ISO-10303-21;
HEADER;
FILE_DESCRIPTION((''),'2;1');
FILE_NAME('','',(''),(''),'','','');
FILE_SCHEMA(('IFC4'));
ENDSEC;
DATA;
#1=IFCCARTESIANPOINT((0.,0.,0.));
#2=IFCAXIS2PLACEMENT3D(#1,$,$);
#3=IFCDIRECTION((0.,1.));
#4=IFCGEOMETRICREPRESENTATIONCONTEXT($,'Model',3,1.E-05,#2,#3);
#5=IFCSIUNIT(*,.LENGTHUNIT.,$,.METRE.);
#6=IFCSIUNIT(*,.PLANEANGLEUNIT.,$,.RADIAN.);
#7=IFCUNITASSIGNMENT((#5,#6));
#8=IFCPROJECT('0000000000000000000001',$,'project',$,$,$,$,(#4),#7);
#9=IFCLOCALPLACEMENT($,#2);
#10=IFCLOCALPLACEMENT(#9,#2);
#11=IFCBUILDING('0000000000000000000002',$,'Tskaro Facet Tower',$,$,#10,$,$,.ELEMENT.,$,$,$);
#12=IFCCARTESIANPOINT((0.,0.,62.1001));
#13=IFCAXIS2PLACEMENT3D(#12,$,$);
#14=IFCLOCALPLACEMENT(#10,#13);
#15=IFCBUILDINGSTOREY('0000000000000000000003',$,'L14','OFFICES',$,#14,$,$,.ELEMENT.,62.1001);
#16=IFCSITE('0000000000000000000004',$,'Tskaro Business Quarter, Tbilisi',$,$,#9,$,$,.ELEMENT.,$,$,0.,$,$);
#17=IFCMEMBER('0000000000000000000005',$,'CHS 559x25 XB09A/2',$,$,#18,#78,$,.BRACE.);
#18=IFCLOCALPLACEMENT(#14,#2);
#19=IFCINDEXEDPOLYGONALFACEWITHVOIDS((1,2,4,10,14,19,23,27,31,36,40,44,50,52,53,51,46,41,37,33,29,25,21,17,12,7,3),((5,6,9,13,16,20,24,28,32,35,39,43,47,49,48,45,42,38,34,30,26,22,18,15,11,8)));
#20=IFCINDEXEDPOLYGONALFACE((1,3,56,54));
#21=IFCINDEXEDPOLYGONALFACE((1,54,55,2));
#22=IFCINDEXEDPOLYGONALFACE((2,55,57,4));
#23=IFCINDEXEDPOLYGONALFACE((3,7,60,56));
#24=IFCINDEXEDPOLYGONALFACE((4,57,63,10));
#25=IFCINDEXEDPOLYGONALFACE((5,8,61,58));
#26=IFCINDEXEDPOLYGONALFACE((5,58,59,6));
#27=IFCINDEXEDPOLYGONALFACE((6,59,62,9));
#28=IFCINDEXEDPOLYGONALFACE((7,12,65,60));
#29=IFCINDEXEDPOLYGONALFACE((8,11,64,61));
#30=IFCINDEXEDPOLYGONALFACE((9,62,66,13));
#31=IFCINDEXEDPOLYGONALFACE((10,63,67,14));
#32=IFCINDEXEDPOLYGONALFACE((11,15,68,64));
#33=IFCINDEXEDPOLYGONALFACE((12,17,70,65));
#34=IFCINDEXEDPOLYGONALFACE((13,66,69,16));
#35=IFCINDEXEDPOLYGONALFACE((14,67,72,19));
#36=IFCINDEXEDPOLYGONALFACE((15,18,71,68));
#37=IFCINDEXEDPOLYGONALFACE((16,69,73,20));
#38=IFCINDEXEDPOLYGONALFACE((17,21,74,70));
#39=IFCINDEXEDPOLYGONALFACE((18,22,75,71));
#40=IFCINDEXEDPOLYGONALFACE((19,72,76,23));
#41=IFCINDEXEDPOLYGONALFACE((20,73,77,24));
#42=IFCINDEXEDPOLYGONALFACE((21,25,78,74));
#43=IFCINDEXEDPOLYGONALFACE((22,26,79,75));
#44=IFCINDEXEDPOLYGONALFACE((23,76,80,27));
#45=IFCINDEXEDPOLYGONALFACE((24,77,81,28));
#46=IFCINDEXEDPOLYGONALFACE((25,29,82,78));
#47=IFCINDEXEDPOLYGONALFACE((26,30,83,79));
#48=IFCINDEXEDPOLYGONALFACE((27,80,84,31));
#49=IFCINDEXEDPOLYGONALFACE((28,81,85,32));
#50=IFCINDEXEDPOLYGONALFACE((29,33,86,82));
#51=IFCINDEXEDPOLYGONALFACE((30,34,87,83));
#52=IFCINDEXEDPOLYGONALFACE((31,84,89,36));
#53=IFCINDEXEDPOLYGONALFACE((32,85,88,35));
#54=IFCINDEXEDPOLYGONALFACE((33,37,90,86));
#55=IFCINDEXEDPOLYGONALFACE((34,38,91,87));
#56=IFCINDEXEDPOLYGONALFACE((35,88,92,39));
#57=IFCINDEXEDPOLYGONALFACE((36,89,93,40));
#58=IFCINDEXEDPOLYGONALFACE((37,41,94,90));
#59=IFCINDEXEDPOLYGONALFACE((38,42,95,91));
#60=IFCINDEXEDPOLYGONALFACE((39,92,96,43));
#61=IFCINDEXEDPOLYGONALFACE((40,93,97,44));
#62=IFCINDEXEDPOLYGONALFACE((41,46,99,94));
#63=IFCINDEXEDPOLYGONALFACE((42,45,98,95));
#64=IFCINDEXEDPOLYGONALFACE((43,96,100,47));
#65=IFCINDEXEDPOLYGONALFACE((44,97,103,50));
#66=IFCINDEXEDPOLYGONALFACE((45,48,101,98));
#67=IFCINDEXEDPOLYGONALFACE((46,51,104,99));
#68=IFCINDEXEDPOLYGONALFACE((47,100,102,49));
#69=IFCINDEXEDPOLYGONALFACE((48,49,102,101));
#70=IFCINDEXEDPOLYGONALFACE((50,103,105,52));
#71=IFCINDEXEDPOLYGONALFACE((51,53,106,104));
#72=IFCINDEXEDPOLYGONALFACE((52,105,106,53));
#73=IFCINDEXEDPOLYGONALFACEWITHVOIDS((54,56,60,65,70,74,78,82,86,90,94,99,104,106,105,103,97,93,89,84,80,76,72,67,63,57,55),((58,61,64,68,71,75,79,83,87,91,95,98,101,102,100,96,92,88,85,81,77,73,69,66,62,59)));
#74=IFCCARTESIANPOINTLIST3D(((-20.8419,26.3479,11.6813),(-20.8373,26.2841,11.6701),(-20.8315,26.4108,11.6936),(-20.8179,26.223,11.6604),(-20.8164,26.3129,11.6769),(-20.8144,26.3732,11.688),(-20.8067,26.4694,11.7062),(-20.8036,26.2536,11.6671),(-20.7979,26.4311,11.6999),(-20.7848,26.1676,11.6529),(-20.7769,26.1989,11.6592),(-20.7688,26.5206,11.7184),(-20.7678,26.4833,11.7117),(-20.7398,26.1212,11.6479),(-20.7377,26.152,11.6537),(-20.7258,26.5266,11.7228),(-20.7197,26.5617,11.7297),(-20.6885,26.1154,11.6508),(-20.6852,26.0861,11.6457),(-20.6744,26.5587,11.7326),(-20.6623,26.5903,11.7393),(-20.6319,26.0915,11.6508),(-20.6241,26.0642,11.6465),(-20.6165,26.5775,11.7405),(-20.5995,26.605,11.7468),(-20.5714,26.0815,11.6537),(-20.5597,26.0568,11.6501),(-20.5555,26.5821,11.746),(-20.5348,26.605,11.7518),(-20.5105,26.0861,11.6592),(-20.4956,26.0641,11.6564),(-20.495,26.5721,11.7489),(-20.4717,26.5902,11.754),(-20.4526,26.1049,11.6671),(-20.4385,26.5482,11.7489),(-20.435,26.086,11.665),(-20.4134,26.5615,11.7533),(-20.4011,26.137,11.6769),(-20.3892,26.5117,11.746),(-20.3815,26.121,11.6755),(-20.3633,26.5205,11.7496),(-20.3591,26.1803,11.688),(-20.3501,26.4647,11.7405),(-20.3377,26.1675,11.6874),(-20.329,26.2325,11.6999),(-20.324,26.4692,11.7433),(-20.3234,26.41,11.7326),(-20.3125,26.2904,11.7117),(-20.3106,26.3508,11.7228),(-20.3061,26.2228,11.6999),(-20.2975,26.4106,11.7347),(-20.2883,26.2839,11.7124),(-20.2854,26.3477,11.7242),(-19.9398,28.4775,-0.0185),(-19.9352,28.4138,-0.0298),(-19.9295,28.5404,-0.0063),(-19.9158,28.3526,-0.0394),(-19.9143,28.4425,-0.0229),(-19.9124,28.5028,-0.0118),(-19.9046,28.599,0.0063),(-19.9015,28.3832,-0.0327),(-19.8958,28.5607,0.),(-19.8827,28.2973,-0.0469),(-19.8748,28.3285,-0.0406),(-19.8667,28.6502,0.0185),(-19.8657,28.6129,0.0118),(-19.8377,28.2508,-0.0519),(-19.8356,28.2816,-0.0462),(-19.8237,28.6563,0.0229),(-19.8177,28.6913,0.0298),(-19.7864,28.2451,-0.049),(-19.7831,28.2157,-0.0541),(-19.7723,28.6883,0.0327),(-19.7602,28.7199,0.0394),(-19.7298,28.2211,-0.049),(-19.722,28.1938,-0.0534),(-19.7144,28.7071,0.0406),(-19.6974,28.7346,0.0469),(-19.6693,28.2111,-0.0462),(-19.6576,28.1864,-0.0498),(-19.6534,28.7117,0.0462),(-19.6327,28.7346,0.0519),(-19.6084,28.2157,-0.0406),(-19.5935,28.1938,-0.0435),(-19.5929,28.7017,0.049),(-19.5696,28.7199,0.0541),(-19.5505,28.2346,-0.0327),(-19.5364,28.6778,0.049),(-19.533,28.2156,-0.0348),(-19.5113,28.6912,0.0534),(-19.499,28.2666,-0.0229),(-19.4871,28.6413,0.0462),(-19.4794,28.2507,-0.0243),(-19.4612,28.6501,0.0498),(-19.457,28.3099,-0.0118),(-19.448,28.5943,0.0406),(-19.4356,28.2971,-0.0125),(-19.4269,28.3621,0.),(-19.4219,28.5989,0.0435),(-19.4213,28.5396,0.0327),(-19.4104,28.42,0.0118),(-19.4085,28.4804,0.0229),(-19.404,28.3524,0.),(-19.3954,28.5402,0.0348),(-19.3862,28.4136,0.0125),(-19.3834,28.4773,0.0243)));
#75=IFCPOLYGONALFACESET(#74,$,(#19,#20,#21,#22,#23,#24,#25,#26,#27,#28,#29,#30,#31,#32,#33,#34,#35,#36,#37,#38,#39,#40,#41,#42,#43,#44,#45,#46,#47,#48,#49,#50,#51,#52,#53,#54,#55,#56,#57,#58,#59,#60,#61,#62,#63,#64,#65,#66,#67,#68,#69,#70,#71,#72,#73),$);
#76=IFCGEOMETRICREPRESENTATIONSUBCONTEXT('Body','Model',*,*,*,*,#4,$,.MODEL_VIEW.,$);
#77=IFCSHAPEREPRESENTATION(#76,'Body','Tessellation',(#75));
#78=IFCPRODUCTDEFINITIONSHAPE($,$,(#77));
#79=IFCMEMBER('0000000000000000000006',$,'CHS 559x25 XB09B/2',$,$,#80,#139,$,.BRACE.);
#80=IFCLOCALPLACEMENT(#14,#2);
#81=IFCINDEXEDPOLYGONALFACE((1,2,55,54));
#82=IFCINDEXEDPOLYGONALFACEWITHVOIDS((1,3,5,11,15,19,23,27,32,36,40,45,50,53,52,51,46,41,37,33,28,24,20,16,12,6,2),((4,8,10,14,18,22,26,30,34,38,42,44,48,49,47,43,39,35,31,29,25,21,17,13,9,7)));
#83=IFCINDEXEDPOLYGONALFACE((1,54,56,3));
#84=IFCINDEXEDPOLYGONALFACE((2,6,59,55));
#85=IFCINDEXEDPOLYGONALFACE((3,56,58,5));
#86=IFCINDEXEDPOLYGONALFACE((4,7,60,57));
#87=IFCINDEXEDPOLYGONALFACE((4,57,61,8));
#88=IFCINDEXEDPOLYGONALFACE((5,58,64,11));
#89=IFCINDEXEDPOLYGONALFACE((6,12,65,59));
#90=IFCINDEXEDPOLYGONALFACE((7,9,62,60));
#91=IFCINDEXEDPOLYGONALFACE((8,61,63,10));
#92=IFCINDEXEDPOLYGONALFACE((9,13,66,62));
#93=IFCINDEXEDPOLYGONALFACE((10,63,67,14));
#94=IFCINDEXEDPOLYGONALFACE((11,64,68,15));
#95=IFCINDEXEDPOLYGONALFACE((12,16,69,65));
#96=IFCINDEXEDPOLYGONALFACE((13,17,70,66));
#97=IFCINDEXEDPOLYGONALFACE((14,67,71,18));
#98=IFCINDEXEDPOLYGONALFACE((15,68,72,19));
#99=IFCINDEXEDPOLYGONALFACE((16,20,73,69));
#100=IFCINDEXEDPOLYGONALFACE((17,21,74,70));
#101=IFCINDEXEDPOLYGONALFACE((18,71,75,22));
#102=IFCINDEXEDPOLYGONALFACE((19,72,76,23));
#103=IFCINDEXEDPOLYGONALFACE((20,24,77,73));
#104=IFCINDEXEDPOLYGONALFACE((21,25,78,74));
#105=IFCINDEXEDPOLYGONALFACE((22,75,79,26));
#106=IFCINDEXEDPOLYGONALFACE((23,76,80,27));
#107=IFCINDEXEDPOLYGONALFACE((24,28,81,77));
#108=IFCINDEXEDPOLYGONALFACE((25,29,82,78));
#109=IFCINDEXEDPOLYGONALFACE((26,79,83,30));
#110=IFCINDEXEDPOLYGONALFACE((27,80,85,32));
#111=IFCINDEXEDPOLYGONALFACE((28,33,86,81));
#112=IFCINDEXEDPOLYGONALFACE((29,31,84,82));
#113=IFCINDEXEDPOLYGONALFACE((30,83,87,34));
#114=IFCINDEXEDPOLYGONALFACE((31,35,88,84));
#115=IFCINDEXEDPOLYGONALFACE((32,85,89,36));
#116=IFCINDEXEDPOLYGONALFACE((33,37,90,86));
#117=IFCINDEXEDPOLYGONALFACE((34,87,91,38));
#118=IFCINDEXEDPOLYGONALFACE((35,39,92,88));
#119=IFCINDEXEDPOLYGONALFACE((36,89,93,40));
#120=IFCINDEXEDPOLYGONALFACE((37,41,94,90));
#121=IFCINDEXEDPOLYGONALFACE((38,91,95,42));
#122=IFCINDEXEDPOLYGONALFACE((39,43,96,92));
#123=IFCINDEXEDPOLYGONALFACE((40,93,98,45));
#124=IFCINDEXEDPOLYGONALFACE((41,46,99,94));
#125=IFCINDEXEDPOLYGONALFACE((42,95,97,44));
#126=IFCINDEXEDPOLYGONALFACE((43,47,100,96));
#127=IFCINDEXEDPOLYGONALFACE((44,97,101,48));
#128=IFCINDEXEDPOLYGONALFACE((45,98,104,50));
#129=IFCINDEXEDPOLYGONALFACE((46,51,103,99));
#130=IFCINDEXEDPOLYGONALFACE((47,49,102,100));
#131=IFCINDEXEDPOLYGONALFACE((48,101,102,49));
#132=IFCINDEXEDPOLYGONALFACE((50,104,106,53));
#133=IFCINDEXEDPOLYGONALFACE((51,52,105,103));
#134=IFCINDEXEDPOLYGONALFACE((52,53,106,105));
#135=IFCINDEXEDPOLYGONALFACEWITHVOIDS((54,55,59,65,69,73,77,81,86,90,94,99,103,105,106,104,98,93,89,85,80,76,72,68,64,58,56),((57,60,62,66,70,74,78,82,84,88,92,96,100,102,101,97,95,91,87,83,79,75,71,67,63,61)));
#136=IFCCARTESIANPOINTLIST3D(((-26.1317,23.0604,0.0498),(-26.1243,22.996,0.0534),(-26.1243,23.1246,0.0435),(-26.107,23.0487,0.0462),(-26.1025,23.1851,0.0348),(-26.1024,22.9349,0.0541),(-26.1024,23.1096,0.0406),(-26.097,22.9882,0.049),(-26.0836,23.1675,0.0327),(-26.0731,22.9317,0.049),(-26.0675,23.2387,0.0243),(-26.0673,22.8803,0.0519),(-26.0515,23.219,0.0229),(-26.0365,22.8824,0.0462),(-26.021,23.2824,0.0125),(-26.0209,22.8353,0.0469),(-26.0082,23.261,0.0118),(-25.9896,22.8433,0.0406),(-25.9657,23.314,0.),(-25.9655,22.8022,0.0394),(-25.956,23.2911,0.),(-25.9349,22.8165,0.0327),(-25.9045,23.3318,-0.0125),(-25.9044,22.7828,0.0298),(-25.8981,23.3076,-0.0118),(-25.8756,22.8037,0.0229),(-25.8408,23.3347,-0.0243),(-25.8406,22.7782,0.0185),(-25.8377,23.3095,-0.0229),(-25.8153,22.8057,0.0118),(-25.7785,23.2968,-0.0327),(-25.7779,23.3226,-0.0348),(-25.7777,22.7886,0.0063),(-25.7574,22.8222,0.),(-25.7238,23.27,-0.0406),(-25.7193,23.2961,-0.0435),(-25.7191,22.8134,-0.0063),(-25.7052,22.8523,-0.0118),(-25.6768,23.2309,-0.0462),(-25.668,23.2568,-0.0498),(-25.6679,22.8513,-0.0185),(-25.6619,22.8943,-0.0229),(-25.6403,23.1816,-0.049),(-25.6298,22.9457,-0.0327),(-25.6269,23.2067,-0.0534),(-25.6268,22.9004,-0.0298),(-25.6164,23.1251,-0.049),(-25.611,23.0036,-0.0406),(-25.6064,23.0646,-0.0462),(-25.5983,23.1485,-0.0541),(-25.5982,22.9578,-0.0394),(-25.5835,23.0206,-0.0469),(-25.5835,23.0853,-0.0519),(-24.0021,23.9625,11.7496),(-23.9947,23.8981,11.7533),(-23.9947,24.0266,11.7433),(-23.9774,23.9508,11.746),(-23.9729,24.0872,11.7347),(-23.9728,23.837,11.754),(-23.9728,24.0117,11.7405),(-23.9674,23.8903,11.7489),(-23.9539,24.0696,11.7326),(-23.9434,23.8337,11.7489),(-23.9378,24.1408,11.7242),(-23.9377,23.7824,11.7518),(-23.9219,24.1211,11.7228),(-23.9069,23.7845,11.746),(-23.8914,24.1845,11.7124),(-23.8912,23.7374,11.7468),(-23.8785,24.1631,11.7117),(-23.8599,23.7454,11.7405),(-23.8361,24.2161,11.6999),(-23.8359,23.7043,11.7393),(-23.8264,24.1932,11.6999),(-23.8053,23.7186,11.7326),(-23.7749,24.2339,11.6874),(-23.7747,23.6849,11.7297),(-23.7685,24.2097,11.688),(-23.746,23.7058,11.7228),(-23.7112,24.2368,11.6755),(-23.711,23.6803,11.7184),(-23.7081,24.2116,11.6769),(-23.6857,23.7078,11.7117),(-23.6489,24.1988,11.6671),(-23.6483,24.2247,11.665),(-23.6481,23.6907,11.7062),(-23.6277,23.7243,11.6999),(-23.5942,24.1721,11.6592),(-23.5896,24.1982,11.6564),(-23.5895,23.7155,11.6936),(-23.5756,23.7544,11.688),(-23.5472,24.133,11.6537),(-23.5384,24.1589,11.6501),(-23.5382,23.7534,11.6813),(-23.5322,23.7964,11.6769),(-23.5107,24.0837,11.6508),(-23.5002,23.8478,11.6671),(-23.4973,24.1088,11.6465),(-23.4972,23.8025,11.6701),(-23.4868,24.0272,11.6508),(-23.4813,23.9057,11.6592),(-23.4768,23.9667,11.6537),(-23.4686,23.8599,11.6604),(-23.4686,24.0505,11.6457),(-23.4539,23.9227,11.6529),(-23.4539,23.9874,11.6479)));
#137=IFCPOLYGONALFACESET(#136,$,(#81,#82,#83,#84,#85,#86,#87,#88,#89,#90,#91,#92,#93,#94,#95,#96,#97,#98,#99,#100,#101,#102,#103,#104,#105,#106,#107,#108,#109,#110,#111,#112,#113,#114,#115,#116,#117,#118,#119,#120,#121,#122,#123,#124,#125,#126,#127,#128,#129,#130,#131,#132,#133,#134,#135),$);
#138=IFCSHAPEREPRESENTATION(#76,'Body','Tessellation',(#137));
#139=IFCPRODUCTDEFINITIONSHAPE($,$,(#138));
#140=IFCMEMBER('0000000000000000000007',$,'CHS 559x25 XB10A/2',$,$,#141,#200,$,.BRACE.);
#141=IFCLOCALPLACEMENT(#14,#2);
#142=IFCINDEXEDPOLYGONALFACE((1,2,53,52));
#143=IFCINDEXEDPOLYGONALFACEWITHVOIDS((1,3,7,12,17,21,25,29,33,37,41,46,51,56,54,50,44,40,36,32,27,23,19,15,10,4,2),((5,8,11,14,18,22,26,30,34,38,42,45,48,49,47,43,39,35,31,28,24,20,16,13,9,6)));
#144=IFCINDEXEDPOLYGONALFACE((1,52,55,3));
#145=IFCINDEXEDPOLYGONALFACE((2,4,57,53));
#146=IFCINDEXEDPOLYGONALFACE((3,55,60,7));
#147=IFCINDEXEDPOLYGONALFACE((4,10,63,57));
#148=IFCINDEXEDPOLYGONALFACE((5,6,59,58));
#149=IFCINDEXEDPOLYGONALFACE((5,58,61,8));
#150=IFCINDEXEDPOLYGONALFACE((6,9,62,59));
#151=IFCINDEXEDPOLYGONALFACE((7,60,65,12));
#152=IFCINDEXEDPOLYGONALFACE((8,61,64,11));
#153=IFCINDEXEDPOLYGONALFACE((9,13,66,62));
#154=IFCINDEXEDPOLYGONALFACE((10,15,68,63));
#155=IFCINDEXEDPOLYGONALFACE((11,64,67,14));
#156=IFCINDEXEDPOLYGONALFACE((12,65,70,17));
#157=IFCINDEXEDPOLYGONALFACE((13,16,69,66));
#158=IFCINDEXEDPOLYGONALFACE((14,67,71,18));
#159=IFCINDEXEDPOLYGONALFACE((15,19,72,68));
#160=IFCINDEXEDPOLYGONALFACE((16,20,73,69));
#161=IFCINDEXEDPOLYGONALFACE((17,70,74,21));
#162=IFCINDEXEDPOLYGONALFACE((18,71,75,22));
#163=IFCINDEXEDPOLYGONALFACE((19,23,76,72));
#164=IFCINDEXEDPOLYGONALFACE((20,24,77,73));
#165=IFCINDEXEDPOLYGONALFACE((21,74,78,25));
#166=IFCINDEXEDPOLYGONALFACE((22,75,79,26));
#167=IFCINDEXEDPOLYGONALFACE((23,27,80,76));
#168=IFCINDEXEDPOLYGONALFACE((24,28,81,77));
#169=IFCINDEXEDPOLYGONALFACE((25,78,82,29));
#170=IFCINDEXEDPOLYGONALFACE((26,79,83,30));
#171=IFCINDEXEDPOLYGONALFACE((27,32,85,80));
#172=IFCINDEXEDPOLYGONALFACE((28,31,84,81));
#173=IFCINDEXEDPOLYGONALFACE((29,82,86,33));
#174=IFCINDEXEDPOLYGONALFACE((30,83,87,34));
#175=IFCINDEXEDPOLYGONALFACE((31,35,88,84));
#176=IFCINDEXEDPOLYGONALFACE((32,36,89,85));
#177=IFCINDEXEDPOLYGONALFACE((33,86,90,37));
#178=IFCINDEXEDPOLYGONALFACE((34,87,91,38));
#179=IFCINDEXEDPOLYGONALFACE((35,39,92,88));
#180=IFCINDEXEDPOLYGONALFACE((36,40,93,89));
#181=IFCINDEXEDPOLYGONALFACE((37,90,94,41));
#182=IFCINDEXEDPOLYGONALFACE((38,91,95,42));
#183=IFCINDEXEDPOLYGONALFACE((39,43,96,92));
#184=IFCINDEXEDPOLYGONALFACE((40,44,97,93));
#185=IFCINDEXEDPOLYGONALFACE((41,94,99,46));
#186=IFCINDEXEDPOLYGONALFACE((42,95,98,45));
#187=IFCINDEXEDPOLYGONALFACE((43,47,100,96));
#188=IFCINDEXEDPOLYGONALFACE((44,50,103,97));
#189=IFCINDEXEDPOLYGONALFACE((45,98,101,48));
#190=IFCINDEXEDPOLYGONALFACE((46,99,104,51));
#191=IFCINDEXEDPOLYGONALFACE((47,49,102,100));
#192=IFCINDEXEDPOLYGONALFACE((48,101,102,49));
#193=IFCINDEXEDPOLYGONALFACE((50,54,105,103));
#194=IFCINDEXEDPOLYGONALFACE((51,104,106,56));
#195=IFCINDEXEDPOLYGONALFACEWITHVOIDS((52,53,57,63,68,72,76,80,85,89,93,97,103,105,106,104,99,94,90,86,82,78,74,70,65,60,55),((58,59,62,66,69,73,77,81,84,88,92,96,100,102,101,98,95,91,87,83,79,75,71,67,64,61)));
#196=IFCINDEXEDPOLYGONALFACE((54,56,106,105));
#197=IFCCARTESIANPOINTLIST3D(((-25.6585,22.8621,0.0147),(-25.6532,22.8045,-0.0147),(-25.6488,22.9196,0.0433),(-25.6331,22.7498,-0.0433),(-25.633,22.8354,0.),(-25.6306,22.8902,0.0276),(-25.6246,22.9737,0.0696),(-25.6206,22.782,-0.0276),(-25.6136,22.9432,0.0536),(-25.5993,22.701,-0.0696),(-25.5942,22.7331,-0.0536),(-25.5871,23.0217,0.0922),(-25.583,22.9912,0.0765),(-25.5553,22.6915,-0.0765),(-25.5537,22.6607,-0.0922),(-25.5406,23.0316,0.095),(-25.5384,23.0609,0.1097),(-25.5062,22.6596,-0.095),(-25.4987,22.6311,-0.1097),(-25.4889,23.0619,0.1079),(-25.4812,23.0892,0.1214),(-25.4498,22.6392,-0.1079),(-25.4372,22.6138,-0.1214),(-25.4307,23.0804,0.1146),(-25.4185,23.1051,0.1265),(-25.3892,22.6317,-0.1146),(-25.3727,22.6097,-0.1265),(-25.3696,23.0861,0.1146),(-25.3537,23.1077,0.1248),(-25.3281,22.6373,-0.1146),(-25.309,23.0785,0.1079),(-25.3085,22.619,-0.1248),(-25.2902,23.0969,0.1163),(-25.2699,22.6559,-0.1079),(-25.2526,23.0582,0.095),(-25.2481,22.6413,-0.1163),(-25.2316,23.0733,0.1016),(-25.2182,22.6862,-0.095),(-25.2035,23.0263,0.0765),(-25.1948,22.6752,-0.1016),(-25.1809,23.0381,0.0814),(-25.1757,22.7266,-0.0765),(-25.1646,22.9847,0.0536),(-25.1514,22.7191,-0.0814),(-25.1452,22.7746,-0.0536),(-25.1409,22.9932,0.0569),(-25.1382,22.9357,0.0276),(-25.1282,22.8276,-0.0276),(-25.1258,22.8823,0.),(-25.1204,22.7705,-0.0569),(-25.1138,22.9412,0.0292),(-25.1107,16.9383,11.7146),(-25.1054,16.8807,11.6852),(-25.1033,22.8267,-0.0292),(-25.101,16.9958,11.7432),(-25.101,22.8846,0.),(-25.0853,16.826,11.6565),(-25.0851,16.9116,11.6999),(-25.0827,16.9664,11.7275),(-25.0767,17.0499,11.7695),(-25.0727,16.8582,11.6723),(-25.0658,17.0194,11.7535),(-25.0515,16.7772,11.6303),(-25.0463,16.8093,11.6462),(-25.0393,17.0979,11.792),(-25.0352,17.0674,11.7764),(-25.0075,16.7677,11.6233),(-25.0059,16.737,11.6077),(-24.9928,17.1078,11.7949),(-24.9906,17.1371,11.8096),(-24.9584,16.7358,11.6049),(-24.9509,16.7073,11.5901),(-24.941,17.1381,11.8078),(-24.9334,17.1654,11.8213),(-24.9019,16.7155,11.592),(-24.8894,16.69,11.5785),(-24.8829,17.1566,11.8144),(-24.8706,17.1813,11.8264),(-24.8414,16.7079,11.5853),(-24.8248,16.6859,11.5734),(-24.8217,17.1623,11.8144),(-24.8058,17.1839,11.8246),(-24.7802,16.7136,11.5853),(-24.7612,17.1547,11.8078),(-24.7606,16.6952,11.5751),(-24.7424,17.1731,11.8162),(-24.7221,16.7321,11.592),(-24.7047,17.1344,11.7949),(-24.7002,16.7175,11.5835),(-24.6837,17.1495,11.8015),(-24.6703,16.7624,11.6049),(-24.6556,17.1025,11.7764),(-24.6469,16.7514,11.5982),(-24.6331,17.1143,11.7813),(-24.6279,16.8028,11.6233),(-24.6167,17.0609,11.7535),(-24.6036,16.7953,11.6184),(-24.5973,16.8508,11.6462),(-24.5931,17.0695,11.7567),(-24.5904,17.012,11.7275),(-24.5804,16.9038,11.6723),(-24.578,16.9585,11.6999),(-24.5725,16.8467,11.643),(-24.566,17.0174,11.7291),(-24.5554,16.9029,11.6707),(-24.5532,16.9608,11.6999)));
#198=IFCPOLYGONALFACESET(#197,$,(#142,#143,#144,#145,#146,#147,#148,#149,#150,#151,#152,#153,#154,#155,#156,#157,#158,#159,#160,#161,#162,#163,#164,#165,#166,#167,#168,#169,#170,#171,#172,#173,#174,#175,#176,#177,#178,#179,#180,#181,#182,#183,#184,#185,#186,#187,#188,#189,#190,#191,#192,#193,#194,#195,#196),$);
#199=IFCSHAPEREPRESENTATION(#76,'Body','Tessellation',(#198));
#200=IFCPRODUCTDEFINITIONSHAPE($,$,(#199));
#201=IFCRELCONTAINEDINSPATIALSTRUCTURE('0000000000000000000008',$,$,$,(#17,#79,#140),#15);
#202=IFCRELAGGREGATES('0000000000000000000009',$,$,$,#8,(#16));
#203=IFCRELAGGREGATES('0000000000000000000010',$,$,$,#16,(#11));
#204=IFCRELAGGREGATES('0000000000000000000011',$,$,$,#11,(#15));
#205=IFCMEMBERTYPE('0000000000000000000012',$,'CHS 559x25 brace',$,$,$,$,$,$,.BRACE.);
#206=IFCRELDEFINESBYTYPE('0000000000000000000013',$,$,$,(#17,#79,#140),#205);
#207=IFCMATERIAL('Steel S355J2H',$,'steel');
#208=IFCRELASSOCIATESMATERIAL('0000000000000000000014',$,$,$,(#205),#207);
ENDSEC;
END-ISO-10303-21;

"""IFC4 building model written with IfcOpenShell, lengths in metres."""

from ifc_helpers import new_model, si_unit, direction, frame, origin, origin_2d, place, context, subcontext, project, spatial, hollow_circle, extrude, material, material_profile, profile_set, type_object, element, save


model = new_model("IFC4")

# Units and contexts
model_context = context("Model", 3, precision=1e-05, world=origin(), true_north=direction((0.0, 1.0)))
body_context = subcontext(model_context, "Body", "Model", "MODEL_VIEW")
ifc_project = project(units=[si_unit("LENGTHUNIT", "METRE"), si_unit("PLANEANGLEUNIT", "RADIAN")], contexts=[model_context])

# Site, building, storey
site_placement = place(None, origin())
site = spatial("IfcSite", under=ifc_project, at=site_placement, Name="Tskaro Business Quarter, Tbilisi", CompositionType="ELEMENT", RefElevation=0.0)
building_placement = place(site_placement, origin())
building = spatial("IfcBuilding", under=site, at=building_placement, Name="Tskaro Facet Tower", CompositionType="ELEMENT")
storey_placement = place(building_placement, frame((0.0, 0.0, 62.1001)))
storey = spatial("IfcBuildingStorey", under=building, at=storey_placement, Name="L14", Description="OFFICES", CompositionType="ELEMENT", Elevation=62.1001)

# Shared definitions
ifc_material_1 = material(Name="Steel S355J2H", Category="steel")

# Members
ifc_material_profile_1 = material_profile(ifc_material_1, hollow_circle(Radius=0.2795, WallThickness=0.0249, at=origin_2d()), Name="CHS 559x25")
ifc_profile_set_1 = profile_set([ifc_material_profile_1], Name="Steel S355J2H")
member_type_1 = type_object("IfcMemberType", Name="CHS 559x25 brace", PredefinedType="BRACE", material=ifc_profile_set_1)
for number, where, z_axis, x_axis, name in (
    (1, (-19.6614, 28.4614, 0.0), (-0.075639, -0.178566, 0.981016), (0.920797, -0.390043, 0.0), "CHS 559x25 XB09A/2"),
    (2, (-25.8567, 23.0566, 0.0), (0.178566, 0.075639, 0.981016), (-0.390043, 0.920797, 0.0), "CHS 559x25 XB09B/2"),
):
    element("IfcMember", number, at=place(storey_placement, frame(where, z_axis=z_axis, x_axis=x_axis)), inside=storey, type_object=member_type_1, Name=name, PredefinedType="BRACE", context=body_context, shape_type="SweptSolid", body=[
        extrude(hollow_circle(Radius=0.2795, WallThickness=0.0249, at=origin_2d()), origin(), (0.0, 0.0, 1.0), 11.9263),
    ])
member_1_placement = place(storey_placement, frame((-25.3794, 22.8589, 0.0), z_axis=(0.041739, -0.451319, 0.891386), x_axis=(0.995751, 0.09209, 0.0)))
element("IfcMember", 3, at=member_1_placement, inside=storey, type_object=member_type_1, Name="CHS 559x25 XB10A/2", PredefinedType="BRACE", context=body_context, shape_type="SweptSolid", body=[
    extrude(hollow_circle(Radius=0.2795, WallThickness=0.0249, at=origin_2d()), origin(), (0.0, 0.0, 1.0), 13.1255),
])

save(model, "model.ifc")
